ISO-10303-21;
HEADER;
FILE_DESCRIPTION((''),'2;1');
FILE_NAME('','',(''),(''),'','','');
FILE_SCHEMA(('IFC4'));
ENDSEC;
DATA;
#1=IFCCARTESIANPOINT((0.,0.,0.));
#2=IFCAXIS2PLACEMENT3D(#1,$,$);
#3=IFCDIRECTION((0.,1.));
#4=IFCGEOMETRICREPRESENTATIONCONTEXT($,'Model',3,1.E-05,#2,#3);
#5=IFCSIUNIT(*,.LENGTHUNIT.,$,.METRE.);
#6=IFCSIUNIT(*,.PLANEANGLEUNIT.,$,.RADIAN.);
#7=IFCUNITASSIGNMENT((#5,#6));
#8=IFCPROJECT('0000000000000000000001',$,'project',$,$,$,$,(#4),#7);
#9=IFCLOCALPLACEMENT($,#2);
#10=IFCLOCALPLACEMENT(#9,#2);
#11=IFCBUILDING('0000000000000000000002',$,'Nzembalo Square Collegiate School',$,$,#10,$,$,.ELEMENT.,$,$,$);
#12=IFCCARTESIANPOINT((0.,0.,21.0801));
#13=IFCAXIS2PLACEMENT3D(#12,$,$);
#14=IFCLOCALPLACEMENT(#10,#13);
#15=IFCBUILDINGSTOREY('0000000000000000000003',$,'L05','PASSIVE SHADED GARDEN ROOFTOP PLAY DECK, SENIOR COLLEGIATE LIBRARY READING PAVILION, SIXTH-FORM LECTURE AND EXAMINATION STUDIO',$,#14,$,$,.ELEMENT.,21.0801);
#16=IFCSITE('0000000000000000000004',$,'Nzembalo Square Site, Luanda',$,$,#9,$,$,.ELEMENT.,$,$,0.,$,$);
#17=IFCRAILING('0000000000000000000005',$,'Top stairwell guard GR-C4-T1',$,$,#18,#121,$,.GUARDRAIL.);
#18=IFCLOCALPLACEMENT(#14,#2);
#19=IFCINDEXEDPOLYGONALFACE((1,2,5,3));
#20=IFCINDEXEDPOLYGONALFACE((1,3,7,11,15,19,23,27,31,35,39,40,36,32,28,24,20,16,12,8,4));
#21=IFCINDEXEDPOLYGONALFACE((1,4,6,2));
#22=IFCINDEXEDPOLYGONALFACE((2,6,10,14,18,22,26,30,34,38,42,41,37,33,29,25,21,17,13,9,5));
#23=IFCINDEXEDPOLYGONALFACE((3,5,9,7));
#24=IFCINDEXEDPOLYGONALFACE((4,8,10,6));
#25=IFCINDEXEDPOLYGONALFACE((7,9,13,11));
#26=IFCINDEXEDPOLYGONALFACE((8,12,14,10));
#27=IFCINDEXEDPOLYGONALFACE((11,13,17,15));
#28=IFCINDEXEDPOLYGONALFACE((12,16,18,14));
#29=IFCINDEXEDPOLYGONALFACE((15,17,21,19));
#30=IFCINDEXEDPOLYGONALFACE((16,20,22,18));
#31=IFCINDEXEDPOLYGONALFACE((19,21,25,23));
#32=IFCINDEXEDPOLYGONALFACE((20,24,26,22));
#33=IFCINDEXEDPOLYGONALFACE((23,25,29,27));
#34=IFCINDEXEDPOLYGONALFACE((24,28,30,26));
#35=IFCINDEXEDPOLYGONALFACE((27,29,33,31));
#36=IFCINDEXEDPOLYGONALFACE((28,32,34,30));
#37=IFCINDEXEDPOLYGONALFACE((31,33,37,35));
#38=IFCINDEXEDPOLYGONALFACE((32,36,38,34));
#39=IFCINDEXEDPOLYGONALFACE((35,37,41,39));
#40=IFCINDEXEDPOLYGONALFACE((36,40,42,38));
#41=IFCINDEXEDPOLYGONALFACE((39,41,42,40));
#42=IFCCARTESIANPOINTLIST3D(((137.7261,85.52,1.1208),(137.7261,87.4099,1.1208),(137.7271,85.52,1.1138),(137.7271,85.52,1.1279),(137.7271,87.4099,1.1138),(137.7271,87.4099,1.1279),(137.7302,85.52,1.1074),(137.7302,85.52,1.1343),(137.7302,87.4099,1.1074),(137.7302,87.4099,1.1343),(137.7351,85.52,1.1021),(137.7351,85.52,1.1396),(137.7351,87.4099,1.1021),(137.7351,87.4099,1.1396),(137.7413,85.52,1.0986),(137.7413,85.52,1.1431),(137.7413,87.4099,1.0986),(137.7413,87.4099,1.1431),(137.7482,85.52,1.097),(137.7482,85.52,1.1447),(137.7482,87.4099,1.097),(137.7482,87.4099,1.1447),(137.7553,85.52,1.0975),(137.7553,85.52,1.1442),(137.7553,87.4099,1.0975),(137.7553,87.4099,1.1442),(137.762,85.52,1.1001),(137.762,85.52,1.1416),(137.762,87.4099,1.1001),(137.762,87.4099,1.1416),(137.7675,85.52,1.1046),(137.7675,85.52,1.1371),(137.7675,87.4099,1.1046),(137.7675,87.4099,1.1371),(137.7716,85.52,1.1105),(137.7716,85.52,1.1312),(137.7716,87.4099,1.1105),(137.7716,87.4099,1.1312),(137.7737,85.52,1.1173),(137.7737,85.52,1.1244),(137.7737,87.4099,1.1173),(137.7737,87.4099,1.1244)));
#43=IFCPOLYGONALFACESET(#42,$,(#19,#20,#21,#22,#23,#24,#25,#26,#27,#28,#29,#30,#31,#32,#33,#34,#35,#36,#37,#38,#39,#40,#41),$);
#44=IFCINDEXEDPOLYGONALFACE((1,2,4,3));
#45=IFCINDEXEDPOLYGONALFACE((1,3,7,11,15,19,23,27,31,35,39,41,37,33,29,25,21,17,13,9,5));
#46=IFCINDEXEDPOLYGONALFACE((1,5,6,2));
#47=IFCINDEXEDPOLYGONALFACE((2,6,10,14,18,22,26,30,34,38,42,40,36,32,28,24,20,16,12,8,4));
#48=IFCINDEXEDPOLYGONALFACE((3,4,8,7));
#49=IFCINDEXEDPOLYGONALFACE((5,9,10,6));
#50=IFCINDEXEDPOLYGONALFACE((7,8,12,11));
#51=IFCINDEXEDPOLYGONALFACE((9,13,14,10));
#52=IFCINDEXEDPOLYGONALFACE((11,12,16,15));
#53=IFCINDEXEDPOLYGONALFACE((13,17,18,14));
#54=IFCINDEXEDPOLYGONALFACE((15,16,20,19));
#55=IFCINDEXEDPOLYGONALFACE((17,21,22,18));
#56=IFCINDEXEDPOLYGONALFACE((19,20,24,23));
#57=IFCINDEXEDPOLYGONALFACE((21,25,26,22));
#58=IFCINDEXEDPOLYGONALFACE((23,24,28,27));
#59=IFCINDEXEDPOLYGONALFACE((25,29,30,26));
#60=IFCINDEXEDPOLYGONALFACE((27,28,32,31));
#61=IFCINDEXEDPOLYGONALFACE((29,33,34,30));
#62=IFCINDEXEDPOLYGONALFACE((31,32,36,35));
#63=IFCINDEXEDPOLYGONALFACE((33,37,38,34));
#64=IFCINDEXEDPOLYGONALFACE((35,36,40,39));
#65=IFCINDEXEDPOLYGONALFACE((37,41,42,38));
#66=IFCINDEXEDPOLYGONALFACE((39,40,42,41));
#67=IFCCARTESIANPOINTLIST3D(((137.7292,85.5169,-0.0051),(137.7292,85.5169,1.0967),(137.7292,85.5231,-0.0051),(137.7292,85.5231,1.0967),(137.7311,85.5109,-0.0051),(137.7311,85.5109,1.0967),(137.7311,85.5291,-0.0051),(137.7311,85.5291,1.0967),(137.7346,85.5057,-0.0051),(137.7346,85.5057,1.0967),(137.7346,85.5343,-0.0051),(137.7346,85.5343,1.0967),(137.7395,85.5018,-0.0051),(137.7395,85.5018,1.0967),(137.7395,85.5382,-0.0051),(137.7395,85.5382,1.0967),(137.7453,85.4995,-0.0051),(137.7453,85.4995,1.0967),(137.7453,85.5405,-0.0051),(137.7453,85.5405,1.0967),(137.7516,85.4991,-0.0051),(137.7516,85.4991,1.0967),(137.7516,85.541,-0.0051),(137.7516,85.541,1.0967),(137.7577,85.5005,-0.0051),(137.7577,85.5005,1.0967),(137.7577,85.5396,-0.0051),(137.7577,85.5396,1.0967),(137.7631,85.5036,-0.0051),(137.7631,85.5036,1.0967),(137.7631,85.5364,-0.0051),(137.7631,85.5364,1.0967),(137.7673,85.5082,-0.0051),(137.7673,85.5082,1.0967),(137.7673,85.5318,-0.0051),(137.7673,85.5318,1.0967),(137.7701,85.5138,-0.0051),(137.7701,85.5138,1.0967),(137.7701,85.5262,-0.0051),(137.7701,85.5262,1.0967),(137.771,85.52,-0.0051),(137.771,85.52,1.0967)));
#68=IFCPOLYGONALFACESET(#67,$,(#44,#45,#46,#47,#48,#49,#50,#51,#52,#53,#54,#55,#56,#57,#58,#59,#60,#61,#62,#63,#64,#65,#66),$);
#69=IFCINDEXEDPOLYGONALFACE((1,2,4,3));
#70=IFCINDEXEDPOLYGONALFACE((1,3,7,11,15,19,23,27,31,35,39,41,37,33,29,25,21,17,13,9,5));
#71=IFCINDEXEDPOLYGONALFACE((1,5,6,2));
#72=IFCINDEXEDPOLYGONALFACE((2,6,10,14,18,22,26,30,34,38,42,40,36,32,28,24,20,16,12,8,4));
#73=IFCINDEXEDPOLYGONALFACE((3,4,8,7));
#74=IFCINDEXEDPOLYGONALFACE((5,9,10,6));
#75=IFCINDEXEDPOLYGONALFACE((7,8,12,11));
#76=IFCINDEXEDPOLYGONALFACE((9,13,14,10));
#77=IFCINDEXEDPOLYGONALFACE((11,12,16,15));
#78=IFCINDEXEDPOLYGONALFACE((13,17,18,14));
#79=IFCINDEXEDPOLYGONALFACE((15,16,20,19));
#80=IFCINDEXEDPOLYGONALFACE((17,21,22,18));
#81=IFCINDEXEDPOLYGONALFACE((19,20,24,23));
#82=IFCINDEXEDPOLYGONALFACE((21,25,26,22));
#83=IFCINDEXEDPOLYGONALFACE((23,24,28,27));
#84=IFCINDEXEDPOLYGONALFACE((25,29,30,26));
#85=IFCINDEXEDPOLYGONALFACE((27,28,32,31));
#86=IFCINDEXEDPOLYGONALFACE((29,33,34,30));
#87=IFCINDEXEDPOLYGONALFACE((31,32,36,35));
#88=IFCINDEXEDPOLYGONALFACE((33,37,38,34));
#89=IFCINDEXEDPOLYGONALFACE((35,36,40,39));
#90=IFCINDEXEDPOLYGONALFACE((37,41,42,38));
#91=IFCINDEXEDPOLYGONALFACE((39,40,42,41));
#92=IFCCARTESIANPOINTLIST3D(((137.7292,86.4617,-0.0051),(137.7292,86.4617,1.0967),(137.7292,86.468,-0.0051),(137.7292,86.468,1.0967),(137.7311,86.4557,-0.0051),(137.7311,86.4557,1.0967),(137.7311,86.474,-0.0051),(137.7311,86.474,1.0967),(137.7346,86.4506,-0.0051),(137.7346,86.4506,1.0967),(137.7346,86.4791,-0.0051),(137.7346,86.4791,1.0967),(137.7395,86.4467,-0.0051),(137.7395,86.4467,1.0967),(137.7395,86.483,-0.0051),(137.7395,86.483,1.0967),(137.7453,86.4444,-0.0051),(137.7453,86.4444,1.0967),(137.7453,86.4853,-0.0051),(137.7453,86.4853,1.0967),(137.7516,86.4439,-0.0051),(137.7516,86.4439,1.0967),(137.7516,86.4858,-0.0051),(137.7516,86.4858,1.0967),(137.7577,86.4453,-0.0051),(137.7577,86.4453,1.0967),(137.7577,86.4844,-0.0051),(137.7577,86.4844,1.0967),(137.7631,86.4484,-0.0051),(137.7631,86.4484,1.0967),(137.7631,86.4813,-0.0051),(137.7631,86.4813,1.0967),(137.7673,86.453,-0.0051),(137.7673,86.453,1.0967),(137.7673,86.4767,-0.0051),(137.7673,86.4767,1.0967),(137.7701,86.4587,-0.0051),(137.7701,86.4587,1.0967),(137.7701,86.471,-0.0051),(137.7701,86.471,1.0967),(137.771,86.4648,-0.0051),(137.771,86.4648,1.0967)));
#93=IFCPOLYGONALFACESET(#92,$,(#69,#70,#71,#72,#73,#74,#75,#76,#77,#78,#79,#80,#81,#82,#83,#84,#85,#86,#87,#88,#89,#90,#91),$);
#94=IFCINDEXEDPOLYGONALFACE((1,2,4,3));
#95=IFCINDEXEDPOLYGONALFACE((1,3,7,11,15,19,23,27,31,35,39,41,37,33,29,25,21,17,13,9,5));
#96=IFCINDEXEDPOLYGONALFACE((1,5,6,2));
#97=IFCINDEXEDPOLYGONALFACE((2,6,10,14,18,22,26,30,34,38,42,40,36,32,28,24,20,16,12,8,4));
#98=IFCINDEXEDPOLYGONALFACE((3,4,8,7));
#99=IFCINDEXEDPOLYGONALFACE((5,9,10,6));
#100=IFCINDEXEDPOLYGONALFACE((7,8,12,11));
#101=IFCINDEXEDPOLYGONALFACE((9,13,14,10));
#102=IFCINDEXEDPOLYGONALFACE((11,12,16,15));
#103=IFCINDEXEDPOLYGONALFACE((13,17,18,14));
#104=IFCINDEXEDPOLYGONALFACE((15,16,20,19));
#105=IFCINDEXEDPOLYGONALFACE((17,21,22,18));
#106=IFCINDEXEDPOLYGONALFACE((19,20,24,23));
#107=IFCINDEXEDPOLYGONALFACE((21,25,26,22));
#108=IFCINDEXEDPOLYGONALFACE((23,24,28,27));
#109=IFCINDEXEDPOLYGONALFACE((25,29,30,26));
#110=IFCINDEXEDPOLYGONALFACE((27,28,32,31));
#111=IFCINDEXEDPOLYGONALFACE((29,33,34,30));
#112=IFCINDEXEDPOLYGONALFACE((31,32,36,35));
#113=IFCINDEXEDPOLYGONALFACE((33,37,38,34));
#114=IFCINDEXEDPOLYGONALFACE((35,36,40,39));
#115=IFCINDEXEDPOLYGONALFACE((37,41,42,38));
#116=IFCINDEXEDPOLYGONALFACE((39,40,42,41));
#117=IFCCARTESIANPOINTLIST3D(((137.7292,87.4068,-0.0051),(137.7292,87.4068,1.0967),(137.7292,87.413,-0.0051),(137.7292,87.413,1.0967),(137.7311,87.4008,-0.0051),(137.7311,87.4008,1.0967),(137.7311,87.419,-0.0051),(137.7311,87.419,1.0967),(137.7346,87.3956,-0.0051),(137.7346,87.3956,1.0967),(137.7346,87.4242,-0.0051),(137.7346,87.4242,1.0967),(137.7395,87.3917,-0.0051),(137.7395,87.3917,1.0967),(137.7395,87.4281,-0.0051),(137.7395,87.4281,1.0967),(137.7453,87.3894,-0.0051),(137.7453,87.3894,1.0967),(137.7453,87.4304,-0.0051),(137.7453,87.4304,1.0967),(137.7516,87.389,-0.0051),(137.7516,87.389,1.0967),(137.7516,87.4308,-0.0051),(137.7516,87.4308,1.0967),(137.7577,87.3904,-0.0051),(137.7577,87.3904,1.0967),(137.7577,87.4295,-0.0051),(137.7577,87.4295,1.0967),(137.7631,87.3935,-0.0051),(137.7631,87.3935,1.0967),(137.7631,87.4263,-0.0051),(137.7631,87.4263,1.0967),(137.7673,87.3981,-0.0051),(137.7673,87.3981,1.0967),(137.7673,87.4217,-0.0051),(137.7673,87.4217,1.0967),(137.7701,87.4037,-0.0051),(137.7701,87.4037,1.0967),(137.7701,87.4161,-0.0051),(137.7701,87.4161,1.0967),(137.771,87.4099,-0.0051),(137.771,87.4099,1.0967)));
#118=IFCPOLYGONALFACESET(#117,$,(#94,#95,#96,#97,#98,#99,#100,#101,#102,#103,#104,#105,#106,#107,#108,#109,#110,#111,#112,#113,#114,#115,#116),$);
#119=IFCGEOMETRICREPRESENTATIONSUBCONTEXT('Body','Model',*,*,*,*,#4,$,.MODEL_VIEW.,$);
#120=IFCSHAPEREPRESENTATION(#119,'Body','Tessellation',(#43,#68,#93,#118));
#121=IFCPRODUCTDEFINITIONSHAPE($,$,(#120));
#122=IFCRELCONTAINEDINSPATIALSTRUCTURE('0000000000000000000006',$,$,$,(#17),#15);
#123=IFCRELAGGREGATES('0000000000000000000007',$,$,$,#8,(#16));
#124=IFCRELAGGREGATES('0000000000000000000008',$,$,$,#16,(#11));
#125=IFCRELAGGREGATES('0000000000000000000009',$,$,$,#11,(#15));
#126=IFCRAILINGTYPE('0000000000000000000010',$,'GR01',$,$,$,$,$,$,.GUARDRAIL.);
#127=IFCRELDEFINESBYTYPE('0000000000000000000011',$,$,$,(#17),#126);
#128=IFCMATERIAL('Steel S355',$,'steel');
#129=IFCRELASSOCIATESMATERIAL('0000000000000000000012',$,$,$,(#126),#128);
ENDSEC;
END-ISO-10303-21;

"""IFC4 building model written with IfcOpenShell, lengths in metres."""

from ifc_helpers import new_model, si_unit, direction, frame, origin, origin_2d, place, context, subcontext, project, spatial, circle, extrude, material, type_object, element, save


model = new_model("IFC4")

# Units and contexts
model_context = context("Model", 3, precision=1e-05, world=origin(), true_north=direction((0.0, 1.0)))
body_context = subcontext(model_context, "Body", "Model", "MODEL_VIEW")
ifc_project = project(units=[si_unit("LENGTHUNIT", "METRE"), si_unit("PLANEANGLEUNIT", "RADIAN")], contexts=[model_context])

# Site, building, storey
site_placement = place(None, origin())
site = spatial("IfcSite", under=ifc_project, at=site_placement, Name="Nzembalo Square Site, Luanda", CompositionType="ELEMENT", RefElevation=0.0)
building_placement = place(site_placement, origin())
building = spatial("IfcBuilding", under=site, at=building_placement, Name="Nzembalo Square Collegiate School", CompositionType="ELEMENT")
storey_placement = place(building_placement, frame((0.0, 0.0, 21.0801)))
storey = spatial("IfcBuildingStorey", under=building, at=storey_placement, Name="L05", Description="PASSIVE SHADED GARDEN ROOFTOP PLAY DECK, SENIOR COLLEGIATE LIBRARY READING PAVILION, SIXTH-FORM LECTURE AND EXAMINATION STUDIO", CompositionType="ELEMENT", Elevation=21.0801)

# Railing
ifc_material_1 = material(Name="Steel S355", Category="steel")
railing_type = type_object("IfcRailingType", Name="GR01", PredefinedType="GUARDRAIL", material=ifc_material_1)
railing_placement = place(storey_placement, frame((137.75, 85.52, -0.0051)))
element("IfcRailing", 1, at=railing_placement, inside=storey, type_object=railing_type, Name="Top stairwell guard GR-C4-T1", PredefinedType="GUARDRAIL", context=body_context, shape_type="SweptSolid", body=[
    extrude(circle(Radius=0.0239, at=origin_2d()), frame((0.0, 0.0, 1.126), z_axis=(0.0, 1.0, 0.0), x_axis=(-1.0, 0.0, 0.0)), (0.0, 0.0, 1.0), 1.8899),
    extrude(circle(Radius=0.021, at=origin_2d()), origin(), (0.0, 0.0, 1.0), 1.1018),
    extrude(circle(Radius=0.021, at=origin_2d()), frame((0.0, 0.9448, 0.0)), (0.0, 0.0, 1.0), 1.1018),
    extrude(circle(Radius=0.021, at=origin_2d()), frame((0.0, 1.8899, 0.0)), (0.0, 0.0, 1.0), 1.1018),
])

save(model, "model.ifc")
